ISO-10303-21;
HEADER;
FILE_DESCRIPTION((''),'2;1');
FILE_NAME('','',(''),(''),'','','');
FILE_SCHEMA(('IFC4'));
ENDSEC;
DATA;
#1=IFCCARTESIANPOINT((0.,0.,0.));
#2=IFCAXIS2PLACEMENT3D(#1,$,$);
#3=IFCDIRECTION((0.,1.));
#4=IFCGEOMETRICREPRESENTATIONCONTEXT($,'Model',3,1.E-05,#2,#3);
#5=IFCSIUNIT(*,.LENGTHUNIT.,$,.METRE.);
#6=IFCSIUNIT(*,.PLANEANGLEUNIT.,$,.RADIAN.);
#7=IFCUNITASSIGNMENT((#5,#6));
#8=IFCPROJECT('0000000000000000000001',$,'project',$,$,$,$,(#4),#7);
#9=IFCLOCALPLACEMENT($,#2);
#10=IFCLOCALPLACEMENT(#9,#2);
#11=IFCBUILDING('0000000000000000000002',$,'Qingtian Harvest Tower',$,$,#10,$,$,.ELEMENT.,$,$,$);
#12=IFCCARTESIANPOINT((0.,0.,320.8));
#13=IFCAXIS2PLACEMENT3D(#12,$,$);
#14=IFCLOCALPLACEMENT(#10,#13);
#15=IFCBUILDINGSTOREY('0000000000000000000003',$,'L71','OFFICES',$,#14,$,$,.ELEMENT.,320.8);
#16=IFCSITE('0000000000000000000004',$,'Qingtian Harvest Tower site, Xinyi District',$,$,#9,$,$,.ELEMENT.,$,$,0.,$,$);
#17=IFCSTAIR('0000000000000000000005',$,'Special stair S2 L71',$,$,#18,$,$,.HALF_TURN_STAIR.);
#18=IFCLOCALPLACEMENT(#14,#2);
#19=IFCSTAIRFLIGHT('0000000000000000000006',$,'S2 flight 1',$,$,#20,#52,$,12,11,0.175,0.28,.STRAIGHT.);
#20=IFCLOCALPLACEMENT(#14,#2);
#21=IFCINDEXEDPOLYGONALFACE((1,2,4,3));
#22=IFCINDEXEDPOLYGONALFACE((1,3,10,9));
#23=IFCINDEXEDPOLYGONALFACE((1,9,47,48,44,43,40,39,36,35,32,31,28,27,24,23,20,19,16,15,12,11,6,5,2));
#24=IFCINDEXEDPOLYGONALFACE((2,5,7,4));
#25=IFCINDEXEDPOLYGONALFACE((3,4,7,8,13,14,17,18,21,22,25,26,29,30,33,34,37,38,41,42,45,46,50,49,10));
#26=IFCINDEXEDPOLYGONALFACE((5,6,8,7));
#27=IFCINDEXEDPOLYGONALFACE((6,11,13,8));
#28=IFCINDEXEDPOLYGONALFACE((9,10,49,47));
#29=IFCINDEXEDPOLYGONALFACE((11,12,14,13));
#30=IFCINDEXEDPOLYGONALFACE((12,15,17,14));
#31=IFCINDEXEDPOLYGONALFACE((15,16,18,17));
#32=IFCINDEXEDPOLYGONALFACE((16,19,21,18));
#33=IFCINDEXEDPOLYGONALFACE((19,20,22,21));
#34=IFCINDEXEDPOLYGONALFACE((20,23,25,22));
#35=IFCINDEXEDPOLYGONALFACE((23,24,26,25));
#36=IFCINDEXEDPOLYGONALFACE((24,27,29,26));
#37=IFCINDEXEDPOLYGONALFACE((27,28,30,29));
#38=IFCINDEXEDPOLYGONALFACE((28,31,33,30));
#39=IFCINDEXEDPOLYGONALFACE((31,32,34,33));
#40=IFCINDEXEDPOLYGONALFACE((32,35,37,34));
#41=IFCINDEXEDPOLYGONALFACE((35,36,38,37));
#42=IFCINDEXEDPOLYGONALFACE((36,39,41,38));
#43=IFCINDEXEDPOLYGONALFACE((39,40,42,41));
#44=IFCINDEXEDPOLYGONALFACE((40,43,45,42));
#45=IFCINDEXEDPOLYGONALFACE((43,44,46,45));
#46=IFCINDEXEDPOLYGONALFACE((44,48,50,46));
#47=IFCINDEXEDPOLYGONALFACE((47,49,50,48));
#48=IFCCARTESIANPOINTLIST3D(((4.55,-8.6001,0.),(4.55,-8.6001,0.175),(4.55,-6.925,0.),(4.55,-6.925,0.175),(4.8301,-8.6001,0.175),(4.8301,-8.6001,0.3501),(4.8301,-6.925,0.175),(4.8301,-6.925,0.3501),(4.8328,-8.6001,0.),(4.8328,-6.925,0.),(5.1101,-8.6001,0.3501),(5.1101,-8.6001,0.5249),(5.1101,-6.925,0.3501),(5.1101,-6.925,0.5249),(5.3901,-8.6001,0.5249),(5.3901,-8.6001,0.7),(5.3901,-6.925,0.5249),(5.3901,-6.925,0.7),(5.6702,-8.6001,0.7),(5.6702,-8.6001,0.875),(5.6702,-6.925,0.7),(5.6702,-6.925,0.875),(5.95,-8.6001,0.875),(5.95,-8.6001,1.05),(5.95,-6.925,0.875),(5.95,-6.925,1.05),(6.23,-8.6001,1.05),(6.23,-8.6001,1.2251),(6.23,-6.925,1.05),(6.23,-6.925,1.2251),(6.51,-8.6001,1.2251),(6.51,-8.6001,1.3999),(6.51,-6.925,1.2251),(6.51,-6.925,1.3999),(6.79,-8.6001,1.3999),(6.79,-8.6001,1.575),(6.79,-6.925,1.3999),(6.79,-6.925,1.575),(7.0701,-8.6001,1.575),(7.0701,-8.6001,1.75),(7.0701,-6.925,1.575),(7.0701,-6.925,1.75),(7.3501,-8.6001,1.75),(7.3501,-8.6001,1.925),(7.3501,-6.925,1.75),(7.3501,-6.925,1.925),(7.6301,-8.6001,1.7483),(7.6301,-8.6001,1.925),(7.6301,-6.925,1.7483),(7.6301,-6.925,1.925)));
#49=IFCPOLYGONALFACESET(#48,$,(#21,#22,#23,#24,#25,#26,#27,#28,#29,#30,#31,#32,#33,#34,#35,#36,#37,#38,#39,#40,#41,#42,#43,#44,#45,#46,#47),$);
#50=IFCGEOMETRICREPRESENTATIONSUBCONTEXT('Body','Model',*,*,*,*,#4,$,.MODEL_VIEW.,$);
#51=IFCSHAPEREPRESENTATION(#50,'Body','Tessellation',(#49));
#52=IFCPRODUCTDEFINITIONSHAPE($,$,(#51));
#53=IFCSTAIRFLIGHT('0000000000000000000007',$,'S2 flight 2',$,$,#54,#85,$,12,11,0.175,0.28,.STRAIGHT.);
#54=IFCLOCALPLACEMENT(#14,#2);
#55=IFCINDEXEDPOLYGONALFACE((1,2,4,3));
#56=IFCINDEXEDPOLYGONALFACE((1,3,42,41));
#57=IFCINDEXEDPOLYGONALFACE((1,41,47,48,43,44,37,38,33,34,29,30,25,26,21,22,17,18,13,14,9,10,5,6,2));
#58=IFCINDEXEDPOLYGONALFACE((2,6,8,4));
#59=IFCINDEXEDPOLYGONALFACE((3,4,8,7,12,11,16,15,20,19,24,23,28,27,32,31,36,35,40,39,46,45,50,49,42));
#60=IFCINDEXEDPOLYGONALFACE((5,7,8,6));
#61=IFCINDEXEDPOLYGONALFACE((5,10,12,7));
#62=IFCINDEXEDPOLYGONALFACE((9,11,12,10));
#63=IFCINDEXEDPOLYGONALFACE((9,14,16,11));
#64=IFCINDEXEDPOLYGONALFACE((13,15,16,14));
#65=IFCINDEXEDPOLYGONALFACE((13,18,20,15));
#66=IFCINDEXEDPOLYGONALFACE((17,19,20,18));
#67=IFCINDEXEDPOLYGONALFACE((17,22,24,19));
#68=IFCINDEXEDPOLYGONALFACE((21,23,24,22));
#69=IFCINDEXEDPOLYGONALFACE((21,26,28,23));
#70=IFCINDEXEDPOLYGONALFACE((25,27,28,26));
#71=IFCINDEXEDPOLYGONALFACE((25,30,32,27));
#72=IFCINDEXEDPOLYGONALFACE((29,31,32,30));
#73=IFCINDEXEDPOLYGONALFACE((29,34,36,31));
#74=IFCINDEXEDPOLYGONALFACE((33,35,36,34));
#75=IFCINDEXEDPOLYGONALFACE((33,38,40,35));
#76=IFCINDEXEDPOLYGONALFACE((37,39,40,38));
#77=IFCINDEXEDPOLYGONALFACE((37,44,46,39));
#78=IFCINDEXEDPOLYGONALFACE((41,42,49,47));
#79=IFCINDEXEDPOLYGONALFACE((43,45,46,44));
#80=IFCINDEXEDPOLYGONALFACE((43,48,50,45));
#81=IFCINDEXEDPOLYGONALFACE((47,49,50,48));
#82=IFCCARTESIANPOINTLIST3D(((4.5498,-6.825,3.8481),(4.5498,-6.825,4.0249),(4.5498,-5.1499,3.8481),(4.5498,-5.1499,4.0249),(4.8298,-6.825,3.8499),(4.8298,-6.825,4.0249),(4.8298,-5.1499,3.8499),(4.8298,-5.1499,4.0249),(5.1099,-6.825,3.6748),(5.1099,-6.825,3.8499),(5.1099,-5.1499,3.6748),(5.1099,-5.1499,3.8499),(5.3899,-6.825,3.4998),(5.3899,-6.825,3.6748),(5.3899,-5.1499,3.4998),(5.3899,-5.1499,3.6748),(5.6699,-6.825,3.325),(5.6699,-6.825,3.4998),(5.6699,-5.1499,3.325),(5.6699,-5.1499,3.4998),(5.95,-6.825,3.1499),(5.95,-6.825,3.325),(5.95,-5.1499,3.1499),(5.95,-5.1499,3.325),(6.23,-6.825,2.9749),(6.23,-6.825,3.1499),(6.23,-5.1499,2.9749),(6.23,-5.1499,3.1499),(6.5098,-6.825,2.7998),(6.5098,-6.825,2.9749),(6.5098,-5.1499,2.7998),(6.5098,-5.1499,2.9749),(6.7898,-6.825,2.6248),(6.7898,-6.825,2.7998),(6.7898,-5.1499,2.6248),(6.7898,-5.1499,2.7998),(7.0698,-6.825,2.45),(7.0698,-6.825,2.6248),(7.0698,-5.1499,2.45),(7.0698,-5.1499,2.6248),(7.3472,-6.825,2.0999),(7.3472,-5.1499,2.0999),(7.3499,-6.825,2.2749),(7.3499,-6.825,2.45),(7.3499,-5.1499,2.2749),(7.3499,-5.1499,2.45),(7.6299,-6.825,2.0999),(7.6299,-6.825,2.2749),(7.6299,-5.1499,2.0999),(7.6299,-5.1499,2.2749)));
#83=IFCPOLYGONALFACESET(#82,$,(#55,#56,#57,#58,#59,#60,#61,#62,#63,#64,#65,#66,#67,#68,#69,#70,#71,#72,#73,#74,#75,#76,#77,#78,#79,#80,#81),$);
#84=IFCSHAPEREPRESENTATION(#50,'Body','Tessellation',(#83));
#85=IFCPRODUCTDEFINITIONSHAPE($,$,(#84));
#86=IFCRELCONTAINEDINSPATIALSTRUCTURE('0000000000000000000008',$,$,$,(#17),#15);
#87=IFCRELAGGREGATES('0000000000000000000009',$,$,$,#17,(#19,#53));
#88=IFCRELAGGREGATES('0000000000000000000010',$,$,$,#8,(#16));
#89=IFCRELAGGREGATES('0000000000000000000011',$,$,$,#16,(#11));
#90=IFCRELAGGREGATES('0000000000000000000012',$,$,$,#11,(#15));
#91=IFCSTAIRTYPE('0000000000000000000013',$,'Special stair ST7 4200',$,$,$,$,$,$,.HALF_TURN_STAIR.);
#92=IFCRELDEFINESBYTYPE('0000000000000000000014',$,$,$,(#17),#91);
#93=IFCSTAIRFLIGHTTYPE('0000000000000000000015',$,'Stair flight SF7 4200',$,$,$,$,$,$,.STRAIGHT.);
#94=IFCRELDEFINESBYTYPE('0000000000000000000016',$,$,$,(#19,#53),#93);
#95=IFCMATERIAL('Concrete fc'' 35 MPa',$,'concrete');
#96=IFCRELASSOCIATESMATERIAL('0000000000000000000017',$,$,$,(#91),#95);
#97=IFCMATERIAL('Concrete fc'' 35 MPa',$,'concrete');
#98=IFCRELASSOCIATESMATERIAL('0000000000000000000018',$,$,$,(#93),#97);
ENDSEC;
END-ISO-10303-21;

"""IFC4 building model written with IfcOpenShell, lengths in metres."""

from ifc_helpers import new_model, si_unit, direction, frame, origin, place, context, subcontext, project, spatial, polyline, outline, extrude, material, type_object, element, aggregate, save


model = new_model("IFC4")

# Units and contexts
model_context = context("Model", 3, precision=1e-05, world=origin(), true_north=direction((0.0, 1.0)))
body_context = subcontext(model_context, "Body", "Model", "MODEL_VIEW")
ifc_project = project(units=[si_unit("LENGTHUNIT", "METRE"), si_unit("PLANEANGLEUNIT", "RADIAN")], contexts=[model_context])

# Site, building, storey
site_placement = place(None, origin())
site = spatial("IfcSite", under=ifc_project, at=site_placement, Name="Qingtian Harvest Tower site, Xinyi District", CompositionType="ELEMENT", RefElevation=0.0)
building_placement = place(site_placement, origin())
building = spatial("IfcBuilding", under=site, at=building_placement, Name="Qingtian Harvest Tower", CompositionType="ELEMENT")
storey_placement = place(building_placement, frame((0.0, 0.0, 320.8)))
storey = spatial("IfcBuildingStorey", under=building, at=storey_placement, Name="L71", Description="OFFICES", CompositionType="ELEMENT", Elevation=320.8)

# Stair, stair flights
ifc_material_1 = material(Name="Concrete fc' 35 MPa", Category="concrete")
stair_type = type_object("IfcStairType", Name="Special stair ST7 4200", PredefinedType="HALF_TURN_STAIR", material=ifc_material_1)
stair_placement = place(storey_placement, origin())
stair = element("IfcStair", 1, at=stair_placement, inside=storey, type_object=stair_type, Name="Special stair S2 L71", PredefinedType="HALF_TURN_STAIR")
ifc_material_2 = material(Name="Concrete fc' 35 MPa", Category="concrete")
stair_flight_type = type_object("IfcStairFlightType", Name="Stair flight SF7 4200", PredefinedType="STRAIGHT", material=ifc_material_2)
stair_flight_1_placement = place(storey_placement, frame((4.55, -7.7625, 0.0), z_axis=(0.0, 0.0, 1.0), x_axis=(1.0, 0.0, 0.0)))
stair_flight_1 = element("IfcStairFlight", 2, at=stair_flight_1_placement, type_object=stair_flight_type, Name="S2 flight 1", NumberOfRisers=12, NumberOfTreads=11, PredefinedType="STRAIGHT", RiserHeight=0.175, TreadLength=0.28, context=body_context, shape_type="SweptSolid", body=[
    extrude(outline(polyline([(0.0, 0.0), (0.0, 0.175), (0.28, 0.175), (0.28, 0.3501), (0.5601, 0.3501), (0.5601, 0.5249), (0.8401, 0.5249), (0.8401, 0.7), (1.1201, 0.7), (1.1201, 0.875), (1.3999, 0.875), (1.3999, 1.05), (1.6799, 1.05), (1.6799, 1.2251), (1.96, 1.2251), (1.96, 1.3999), (2.24, 1.3999), (2.24, 1.575), (2.52, 1.575), (2.52, 1.75), (2.8, 1.75), (2.8, 1.925), (3.0801, 1.925), (3.0801, 2.1001), (3.0801, 1.7483), (0.2827, 0.0), (0.0, 0.0)])), frame((0.0, 0.8374, 0.0), z_axis=(0.0, -1.0, 0.0), x_axis=(1.0, 0.0, 0.0)), (0.0, 0.0, 1.0), 1.675),
])
stair_flight_2_placement = place(storey_placement, frame((7.6299, -5.9875, 2.0999), z_axis=(0.0, 0.0, 1.0), x_axis=(-1.0, 0.0, 0.0)))
stair_flight_2 = element("IfcStairFlight", 3, at=stair_flight_2_placement, type_object=stair_flight_type, Name="S2 flight 2", NumberOfRisers=12, NumberOfTreads=11, PredefinedType="STRAIGHT", RiserHeight=0.175, TreadLength=0.28, context=body_context, shape_type="SweptSolid", body=[
    extrude(outline(polyline([(0.0, 0.0), (0.0, 0.175), (0.28, 0.175), (0.28, 0.3501), (0.5601, 0.3501), (0.5601, 0.5249), (0.8401, 0.5249), (0.8401, 0.7), (1.1201, 0.7), (1.1201, 0.875), (1.3999, 0.875), (1.3999, 1.05), (1.6799, 1.05), (1.6799, 1.2251), (1.96, 1.2251), (1.96, 1.3999), (2.24, 1.3999), (2.24, 1.575), (2.52, 1.575), (2.52, 1.75), (2.8, 1.75), (2.8, 1.925), (3.0801, 1.925), (3.0801, 2.1001), (3.0801, 1.7483), (0.2827, 0.0), (0.0, 0.0)])), frame((0.0, 0.8374, 0.0), z_axis=(0.0, -1.0, 0.0), x_axis=(1.0, 0.0, 0.0)), (0.0, 0.0, 1.0), 1.675),
])
aggregate(stair, [stair_flight_1, stair_flight_2])

save(model, "model.ifc")
